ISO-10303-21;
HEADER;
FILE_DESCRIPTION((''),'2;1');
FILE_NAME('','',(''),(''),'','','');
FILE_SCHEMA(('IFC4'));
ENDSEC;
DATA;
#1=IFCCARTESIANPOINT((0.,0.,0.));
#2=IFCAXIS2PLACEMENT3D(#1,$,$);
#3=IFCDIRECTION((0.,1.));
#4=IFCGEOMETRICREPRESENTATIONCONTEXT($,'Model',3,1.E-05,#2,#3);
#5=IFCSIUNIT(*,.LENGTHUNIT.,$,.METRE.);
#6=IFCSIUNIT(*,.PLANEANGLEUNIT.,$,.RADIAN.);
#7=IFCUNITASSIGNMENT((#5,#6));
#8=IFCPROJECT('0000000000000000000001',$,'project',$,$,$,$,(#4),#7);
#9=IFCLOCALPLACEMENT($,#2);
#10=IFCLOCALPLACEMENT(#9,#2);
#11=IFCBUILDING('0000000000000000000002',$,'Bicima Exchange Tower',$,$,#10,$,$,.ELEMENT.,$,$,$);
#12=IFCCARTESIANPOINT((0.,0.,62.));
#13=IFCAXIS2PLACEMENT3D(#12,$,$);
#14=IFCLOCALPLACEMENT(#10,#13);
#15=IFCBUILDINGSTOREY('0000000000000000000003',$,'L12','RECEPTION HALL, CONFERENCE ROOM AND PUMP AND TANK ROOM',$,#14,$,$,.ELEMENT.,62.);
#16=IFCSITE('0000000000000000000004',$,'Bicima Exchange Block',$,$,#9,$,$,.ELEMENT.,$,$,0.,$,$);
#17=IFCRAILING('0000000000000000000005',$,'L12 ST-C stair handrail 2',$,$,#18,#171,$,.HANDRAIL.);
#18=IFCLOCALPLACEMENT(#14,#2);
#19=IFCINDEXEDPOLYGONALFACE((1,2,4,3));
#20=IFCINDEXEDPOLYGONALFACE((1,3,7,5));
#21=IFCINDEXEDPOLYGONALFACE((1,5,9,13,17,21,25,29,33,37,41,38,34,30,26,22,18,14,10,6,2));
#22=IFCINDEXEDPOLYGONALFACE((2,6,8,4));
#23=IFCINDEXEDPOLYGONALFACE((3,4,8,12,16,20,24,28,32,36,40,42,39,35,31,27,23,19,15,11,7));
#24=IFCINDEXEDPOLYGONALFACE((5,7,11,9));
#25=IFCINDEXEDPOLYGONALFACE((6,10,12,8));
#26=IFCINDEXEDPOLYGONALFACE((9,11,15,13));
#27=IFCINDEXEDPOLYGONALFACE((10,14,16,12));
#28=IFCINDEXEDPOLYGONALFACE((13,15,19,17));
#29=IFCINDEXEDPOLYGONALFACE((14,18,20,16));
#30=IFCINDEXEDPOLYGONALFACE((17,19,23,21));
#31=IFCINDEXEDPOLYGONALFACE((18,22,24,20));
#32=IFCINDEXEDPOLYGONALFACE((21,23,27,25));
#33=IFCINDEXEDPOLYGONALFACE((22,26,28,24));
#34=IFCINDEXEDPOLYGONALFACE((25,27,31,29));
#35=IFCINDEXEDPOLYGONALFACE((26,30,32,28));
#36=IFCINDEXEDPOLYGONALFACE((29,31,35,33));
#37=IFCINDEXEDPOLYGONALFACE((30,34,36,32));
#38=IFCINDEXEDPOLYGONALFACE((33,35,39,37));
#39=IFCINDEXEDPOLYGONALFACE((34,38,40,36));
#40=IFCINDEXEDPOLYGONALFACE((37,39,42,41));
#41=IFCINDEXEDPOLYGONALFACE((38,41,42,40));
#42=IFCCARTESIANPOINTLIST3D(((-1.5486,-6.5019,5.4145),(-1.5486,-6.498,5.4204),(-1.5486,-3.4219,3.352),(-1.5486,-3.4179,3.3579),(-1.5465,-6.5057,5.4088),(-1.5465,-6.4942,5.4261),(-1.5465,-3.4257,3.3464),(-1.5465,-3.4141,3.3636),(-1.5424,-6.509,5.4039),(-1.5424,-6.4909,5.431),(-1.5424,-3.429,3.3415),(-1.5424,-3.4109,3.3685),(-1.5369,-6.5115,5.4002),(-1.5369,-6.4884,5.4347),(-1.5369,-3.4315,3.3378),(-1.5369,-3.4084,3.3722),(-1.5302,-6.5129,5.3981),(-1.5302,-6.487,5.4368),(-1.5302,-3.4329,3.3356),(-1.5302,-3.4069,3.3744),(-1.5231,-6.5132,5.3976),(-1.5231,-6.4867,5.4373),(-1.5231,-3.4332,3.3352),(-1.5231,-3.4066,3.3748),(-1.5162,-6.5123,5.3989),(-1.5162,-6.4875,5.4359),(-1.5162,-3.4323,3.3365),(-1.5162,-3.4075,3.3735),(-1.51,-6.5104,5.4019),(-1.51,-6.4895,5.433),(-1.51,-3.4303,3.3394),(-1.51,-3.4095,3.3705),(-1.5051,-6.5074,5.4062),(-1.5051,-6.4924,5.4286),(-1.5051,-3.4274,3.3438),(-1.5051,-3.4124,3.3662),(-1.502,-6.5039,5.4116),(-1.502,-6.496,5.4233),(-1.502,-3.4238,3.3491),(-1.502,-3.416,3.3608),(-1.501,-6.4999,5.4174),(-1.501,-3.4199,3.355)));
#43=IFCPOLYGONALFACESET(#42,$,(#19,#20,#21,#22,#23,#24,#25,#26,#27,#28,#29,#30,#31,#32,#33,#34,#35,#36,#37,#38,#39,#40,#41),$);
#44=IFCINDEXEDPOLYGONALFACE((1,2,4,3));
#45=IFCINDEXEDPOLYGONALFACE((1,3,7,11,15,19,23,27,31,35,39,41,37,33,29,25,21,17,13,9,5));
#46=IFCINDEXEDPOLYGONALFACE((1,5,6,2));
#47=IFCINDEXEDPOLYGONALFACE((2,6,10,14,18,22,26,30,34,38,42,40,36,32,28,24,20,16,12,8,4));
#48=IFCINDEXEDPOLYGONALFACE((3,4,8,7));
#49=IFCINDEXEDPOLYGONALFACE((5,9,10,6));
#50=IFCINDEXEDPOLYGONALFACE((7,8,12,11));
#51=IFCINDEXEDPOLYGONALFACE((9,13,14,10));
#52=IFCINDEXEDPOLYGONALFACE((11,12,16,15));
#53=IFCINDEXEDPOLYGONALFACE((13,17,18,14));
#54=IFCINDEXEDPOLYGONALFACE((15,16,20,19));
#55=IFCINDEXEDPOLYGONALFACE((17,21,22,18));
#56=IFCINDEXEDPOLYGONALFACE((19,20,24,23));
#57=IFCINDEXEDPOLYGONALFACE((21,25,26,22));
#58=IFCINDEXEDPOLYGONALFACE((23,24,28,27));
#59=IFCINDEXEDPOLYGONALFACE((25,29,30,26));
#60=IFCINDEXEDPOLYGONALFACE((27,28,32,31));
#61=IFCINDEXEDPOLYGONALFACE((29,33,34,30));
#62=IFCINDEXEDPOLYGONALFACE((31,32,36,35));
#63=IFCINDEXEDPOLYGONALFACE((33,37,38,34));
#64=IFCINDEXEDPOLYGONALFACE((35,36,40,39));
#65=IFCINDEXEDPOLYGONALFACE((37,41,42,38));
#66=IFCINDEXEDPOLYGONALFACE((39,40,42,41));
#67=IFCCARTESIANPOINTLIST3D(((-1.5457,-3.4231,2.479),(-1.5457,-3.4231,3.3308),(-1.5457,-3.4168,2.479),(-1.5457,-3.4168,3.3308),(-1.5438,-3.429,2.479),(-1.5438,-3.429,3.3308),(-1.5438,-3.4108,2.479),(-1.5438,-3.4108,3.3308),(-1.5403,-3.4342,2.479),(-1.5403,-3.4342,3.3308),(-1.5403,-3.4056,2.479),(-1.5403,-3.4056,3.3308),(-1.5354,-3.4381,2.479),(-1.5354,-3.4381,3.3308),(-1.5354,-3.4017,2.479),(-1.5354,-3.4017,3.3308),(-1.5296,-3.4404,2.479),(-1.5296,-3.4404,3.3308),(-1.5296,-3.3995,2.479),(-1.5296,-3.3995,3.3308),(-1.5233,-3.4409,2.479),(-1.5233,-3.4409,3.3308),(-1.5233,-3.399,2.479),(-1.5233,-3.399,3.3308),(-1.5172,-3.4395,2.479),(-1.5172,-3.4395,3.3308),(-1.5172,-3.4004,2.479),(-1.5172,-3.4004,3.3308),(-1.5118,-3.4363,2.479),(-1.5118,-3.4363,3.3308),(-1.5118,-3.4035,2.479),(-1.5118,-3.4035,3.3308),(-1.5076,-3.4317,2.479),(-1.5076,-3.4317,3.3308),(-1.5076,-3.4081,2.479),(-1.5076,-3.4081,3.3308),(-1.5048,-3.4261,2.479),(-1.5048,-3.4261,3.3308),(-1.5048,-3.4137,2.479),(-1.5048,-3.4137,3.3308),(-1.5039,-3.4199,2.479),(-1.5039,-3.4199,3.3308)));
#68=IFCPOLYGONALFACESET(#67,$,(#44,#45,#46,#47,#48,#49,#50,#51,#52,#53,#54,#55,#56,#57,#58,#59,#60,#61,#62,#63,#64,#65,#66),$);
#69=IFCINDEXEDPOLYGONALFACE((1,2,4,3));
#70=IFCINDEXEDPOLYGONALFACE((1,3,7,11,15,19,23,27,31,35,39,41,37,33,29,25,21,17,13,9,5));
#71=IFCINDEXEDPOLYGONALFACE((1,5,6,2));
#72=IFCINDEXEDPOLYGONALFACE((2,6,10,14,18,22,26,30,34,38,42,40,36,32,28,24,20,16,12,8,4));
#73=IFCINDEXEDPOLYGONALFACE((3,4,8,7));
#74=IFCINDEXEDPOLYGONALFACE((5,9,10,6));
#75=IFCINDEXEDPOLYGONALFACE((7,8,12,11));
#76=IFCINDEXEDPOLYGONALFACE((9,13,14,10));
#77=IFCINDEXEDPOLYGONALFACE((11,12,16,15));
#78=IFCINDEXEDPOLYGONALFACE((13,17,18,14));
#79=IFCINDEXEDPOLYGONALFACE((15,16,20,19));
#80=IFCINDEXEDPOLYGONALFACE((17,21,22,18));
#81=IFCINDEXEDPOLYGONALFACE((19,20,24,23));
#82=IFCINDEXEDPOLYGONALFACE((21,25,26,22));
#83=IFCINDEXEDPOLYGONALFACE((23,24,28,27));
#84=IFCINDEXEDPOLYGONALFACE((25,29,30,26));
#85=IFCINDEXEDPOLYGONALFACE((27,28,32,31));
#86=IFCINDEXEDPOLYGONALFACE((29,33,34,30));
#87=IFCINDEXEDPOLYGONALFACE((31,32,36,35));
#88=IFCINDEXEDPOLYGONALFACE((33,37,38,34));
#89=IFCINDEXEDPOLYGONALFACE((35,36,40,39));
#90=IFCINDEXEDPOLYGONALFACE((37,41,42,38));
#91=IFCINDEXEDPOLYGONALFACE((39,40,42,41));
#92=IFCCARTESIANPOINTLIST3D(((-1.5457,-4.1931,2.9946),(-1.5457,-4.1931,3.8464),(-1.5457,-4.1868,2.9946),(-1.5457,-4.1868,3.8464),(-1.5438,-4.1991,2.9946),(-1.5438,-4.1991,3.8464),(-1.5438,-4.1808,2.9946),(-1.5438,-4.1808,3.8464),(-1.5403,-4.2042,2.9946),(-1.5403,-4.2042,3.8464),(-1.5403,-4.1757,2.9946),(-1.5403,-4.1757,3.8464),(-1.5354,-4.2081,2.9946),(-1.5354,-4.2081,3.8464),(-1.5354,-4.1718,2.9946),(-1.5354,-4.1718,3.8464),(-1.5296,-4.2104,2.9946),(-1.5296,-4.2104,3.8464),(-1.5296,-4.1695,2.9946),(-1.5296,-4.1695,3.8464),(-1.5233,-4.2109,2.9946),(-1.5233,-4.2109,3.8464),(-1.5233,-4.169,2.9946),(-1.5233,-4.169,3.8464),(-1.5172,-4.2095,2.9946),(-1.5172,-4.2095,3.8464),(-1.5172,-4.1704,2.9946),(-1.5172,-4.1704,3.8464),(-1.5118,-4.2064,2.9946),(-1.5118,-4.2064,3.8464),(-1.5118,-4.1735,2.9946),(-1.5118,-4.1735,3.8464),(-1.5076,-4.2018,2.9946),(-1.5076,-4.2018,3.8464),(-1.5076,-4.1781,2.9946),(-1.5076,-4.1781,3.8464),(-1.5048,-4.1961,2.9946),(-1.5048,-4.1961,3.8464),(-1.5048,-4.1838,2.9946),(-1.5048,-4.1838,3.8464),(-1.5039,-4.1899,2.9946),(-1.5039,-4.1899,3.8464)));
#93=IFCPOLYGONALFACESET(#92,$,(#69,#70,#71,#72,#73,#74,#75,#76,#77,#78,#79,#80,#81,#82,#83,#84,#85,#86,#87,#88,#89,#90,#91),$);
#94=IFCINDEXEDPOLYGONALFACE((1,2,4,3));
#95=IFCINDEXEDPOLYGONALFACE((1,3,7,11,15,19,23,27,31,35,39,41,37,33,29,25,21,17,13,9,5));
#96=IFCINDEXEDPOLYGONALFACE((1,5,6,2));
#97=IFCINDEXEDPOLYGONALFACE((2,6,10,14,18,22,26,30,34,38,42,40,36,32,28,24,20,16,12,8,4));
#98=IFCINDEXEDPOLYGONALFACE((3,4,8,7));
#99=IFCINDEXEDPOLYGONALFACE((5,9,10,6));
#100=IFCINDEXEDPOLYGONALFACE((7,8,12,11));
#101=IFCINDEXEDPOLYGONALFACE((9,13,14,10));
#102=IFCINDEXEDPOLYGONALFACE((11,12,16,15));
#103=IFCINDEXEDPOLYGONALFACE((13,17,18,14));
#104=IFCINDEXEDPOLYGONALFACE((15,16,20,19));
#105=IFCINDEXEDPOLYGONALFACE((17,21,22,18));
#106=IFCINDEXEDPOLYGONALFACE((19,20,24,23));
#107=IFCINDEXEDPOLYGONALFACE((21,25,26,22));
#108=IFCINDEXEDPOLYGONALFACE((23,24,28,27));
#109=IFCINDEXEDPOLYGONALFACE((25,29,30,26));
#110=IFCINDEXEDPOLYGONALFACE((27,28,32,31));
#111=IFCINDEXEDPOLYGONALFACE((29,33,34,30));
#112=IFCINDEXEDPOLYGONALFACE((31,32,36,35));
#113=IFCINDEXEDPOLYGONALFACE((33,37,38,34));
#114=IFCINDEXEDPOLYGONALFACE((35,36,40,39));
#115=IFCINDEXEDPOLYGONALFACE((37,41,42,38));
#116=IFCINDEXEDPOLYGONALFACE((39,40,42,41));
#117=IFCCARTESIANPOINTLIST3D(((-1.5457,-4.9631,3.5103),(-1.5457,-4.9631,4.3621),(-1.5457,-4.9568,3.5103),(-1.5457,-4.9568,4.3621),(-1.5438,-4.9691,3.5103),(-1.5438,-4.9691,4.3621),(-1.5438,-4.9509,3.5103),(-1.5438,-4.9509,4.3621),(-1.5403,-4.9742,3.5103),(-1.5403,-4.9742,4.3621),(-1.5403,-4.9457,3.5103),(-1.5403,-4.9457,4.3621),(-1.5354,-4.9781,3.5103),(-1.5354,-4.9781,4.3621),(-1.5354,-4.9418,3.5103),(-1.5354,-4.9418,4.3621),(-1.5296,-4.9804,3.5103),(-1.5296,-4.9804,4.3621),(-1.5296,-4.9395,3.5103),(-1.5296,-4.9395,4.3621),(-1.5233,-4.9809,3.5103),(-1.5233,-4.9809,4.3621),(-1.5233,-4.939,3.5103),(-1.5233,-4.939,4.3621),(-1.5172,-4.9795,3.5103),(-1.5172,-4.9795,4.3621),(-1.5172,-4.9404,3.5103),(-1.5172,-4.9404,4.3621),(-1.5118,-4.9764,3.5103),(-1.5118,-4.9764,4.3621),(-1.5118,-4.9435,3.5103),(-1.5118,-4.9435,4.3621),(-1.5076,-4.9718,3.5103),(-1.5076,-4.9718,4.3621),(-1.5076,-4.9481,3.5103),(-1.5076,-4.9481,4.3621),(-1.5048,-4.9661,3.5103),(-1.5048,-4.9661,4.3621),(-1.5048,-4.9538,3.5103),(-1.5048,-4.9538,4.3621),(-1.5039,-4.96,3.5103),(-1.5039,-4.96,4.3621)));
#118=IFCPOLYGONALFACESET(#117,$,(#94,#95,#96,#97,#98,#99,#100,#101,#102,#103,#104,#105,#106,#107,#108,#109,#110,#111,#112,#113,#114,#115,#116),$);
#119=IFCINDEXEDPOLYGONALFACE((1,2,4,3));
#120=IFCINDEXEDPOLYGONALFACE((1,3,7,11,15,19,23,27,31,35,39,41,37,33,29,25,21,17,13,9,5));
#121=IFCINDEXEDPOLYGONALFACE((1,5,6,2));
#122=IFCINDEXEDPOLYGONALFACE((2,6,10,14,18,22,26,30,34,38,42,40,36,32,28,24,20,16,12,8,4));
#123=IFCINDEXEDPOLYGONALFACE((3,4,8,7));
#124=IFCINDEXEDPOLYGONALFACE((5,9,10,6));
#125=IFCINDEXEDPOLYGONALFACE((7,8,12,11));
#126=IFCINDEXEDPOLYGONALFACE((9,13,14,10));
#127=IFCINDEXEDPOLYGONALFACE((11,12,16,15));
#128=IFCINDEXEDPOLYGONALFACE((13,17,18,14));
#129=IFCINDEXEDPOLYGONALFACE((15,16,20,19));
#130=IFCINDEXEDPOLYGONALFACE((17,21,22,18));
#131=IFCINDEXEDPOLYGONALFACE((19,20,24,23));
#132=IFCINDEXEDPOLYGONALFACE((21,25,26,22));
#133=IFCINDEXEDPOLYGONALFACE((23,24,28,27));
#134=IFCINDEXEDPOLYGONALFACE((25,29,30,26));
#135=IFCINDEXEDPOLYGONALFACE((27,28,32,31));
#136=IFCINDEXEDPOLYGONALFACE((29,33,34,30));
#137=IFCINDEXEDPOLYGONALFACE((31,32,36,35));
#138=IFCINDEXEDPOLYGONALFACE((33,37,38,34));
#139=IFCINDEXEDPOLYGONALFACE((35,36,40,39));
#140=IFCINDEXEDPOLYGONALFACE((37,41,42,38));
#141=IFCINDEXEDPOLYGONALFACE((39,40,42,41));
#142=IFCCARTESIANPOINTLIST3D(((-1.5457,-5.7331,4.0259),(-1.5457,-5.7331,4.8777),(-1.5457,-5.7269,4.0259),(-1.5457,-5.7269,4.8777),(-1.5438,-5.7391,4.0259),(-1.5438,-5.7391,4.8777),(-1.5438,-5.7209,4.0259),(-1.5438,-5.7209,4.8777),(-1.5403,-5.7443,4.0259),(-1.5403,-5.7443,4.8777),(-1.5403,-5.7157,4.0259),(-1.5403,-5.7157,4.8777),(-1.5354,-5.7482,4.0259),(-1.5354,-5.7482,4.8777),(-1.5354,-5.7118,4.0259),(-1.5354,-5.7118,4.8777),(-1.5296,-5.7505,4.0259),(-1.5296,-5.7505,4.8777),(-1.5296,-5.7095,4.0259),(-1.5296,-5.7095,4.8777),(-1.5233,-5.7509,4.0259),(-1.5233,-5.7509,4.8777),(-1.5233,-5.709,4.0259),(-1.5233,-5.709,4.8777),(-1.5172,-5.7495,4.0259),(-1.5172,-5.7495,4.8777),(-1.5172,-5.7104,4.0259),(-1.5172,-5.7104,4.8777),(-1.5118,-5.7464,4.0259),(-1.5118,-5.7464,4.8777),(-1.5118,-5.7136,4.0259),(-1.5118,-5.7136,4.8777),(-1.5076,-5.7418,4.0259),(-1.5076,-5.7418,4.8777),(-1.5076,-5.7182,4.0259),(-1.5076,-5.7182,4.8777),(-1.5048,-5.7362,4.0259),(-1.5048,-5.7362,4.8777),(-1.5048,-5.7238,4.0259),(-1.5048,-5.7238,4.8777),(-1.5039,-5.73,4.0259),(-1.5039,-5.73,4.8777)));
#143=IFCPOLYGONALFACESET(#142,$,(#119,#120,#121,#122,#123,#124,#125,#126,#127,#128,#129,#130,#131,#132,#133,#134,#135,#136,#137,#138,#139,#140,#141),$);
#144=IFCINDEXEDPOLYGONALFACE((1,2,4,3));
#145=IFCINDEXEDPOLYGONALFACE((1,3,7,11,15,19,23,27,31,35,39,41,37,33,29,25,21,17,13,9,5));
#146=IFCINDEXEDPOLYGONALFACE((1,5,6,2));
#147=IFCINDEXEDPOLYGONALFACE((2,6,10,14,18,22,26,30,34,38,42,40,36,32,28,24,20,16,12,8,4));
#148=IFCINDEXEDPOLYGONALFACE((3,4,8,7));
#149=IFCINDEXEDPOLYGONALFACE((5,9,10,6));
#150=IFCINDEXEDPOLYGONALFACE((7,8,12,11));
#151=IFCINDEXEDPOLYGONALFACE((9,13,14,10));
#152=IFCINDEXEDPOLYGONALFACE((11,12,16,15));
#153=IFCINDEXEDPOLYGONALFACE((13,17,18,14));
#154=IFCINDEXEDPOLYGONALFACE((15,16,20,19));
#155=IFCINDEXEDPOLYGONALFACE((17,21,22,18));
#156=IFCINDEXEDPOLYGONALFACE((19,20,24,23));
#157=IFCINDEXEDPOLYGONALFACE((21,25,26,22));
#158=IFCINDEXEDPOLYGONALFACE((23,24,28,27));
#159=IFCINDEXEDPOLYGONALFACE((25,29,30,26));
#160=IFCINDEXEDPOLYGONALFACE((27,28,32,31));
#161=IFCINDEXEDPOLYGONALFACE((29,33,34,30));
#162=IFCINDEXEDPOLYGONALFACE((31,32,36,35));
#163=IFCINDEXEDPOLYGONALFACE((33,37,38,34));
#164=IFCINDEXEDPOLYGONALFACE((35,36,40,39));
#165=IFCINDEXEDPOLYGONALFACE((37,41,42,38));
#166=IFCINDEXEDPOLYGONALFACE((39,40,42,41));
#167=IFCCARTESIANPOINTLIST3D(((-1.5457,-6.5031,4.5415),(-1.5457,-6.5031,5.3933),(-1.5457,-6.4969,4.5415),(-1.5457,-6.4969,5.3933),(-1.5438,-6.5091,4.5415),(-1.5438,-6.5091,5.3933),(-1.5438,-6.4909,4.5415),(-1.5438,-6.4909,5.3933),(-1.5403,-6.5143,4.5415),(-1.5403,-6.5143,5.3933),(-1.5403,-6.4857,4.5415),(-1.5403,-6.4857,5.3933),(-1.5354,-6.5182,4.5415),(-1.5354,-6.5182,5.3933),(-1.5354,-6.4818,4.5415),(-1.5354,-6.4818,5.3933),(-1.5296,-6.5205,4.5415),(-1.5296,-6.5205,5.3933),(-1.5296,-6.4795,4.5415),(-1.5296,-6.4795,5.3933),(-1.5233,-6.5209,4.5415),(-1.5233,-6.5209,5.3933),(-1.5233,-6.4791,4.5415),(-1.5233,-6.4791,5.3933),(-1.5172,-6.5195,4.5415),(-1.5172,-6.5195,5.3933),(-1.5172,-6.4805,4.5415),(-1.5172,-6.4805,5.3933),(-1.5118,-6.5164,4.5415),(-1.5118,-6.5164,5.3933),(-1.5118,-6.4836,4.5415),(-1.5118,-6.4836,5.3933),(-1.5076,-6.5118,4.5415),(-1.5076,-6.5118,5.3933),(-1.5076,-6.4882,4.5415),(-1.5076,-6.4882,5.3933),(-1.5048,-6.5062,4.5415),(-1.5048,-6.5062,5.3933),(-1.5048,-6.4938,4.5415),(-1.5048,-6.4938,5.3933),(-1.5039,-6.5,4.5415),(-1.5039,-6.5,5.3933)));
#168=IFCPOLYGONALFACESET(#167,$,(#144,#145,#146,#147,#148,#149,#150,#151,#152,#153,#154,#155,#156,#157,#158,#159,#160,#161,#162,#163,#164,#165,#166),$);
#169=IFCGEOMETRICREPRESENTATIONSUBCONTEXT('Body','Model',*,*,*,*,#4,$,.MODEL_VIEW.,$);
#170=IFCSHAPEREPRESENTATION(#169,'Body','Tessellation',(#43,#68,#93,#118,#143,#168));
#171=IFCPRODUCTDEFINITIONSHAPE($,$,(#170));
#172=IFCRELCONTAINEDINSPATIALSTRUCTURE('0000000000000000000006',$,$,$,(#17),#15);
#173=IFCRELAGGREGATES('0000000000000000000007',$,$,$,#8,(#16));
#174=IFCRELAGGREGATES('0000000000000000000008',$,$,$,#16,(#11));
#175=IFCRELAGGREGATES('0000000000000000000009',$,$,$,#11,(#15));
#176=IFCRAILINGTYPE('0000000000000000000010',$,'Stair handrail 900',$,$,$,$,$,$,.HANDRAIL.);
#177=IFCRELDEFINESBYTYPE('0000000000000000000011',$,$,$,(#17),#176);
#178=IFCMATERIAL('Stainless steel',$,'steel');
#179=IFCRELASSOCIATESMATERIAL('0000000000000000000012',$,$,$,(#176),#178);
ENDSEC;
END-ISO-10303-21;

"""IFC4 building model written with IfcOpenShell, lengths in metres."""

from ifc_helpers import new_model, si_unit, direction, frame, origin, origin_2d, place, context, subcontext, project, spatial, circle, extrude, material, type_object, element, save


model = new_model("IFC4")

# Units and contexts
model_context = context("Model", 3, precision=1e-05, world=origin(), true_north=direction((0.0, 1.0)))
body_context = subcontext(model_context, "Body", "Model", "MODEL_VIEW")
ifc_project = project(units=[si_unit("LENGTHUNIT", "METRE"), si_unit("PLANEANGLEUNIT", "RADIAN")], contexts=[model_context])

# Site, building, storey
site_placement = place(None, origin())
site = spatial("IfcSite", under=ifc_project, at=site_placement, Name="Bicima Exchange Block", CompositionType="ELEMENT", RefElevation=0.0)
building_placement = place(site_placement, origin())
building = spatial("IfcBuilding", under=site, at=building_placement, Name="Bicima Exchange Tower", CompositionType="ELEMENT")
storey_placement = place(building_placement, frame((0.0, 0.0, 62.0)))
storey = spatial("IfcBuildingStorey", under=building, at=storey_placement, Name="L12", Description="RECEPTION HALL, CONFERENCE ROOM AND PUMP AND TANK ROOM", CompositionType="ELEMENT", Elevation=62.0)

# Railing
ifc_material_1 = material(Name="Stainless steel", Category="steel")
railing_type = type_object("IfcRailingType", Name="Stair handrail 900", PredefinedType="HANDRAIL", material=ifc_material_1)
railing_placement = place(storey_placement, frame((-1.5249, -3.4199, 2.479)))
element("IfcRailing", 1, at=railing_placement, inside=storey, type_object=railing_type, Name="L12 ST-C stair handrail 2", PredefinedType="HANDRAIL", context=body_context, shape_type="SweptSolid", body=[
    extrude(circle(Radius=0.0239, at=origin_2d()), frame((0.0, 0.0, 0.876), z_axis=(0.0, -0.830914, 0.556401), x_axis=(1.0, 0.0, 0.0)), (0.0, 0.0, 1.0), 3.7068),
    extrude(circle(Radius=0.021, at=origin_2d()), origin(), (0.0, 0.0, 1.0), 0.8518),
    extrude(circle(Radius=0.021, at=origin_2d()), frame((0.0, -0.77, 0.5156)), (0.0, 0.0, 1.0), 0.8518),
    extrude(circle(Radius=0.021, at=origin_2d()), frame((0.0, -1.54, 1.0312)), (0.0, 0.0, 1.0), 0.8518),
    extrude(circle(Radius=0.021, at=origin_2d()), frame((0.0, -2.3101, 1.5469)), (0.0, 0.0, 1.0), 0.8518),
    extrude(circle(Radius=0.021, at=origin_2d()), frame((0.0, -3.0801, 2.0625)), (0.0, 0.0, 1.0), 0.8518),
])

save(model, "model.ifc")
